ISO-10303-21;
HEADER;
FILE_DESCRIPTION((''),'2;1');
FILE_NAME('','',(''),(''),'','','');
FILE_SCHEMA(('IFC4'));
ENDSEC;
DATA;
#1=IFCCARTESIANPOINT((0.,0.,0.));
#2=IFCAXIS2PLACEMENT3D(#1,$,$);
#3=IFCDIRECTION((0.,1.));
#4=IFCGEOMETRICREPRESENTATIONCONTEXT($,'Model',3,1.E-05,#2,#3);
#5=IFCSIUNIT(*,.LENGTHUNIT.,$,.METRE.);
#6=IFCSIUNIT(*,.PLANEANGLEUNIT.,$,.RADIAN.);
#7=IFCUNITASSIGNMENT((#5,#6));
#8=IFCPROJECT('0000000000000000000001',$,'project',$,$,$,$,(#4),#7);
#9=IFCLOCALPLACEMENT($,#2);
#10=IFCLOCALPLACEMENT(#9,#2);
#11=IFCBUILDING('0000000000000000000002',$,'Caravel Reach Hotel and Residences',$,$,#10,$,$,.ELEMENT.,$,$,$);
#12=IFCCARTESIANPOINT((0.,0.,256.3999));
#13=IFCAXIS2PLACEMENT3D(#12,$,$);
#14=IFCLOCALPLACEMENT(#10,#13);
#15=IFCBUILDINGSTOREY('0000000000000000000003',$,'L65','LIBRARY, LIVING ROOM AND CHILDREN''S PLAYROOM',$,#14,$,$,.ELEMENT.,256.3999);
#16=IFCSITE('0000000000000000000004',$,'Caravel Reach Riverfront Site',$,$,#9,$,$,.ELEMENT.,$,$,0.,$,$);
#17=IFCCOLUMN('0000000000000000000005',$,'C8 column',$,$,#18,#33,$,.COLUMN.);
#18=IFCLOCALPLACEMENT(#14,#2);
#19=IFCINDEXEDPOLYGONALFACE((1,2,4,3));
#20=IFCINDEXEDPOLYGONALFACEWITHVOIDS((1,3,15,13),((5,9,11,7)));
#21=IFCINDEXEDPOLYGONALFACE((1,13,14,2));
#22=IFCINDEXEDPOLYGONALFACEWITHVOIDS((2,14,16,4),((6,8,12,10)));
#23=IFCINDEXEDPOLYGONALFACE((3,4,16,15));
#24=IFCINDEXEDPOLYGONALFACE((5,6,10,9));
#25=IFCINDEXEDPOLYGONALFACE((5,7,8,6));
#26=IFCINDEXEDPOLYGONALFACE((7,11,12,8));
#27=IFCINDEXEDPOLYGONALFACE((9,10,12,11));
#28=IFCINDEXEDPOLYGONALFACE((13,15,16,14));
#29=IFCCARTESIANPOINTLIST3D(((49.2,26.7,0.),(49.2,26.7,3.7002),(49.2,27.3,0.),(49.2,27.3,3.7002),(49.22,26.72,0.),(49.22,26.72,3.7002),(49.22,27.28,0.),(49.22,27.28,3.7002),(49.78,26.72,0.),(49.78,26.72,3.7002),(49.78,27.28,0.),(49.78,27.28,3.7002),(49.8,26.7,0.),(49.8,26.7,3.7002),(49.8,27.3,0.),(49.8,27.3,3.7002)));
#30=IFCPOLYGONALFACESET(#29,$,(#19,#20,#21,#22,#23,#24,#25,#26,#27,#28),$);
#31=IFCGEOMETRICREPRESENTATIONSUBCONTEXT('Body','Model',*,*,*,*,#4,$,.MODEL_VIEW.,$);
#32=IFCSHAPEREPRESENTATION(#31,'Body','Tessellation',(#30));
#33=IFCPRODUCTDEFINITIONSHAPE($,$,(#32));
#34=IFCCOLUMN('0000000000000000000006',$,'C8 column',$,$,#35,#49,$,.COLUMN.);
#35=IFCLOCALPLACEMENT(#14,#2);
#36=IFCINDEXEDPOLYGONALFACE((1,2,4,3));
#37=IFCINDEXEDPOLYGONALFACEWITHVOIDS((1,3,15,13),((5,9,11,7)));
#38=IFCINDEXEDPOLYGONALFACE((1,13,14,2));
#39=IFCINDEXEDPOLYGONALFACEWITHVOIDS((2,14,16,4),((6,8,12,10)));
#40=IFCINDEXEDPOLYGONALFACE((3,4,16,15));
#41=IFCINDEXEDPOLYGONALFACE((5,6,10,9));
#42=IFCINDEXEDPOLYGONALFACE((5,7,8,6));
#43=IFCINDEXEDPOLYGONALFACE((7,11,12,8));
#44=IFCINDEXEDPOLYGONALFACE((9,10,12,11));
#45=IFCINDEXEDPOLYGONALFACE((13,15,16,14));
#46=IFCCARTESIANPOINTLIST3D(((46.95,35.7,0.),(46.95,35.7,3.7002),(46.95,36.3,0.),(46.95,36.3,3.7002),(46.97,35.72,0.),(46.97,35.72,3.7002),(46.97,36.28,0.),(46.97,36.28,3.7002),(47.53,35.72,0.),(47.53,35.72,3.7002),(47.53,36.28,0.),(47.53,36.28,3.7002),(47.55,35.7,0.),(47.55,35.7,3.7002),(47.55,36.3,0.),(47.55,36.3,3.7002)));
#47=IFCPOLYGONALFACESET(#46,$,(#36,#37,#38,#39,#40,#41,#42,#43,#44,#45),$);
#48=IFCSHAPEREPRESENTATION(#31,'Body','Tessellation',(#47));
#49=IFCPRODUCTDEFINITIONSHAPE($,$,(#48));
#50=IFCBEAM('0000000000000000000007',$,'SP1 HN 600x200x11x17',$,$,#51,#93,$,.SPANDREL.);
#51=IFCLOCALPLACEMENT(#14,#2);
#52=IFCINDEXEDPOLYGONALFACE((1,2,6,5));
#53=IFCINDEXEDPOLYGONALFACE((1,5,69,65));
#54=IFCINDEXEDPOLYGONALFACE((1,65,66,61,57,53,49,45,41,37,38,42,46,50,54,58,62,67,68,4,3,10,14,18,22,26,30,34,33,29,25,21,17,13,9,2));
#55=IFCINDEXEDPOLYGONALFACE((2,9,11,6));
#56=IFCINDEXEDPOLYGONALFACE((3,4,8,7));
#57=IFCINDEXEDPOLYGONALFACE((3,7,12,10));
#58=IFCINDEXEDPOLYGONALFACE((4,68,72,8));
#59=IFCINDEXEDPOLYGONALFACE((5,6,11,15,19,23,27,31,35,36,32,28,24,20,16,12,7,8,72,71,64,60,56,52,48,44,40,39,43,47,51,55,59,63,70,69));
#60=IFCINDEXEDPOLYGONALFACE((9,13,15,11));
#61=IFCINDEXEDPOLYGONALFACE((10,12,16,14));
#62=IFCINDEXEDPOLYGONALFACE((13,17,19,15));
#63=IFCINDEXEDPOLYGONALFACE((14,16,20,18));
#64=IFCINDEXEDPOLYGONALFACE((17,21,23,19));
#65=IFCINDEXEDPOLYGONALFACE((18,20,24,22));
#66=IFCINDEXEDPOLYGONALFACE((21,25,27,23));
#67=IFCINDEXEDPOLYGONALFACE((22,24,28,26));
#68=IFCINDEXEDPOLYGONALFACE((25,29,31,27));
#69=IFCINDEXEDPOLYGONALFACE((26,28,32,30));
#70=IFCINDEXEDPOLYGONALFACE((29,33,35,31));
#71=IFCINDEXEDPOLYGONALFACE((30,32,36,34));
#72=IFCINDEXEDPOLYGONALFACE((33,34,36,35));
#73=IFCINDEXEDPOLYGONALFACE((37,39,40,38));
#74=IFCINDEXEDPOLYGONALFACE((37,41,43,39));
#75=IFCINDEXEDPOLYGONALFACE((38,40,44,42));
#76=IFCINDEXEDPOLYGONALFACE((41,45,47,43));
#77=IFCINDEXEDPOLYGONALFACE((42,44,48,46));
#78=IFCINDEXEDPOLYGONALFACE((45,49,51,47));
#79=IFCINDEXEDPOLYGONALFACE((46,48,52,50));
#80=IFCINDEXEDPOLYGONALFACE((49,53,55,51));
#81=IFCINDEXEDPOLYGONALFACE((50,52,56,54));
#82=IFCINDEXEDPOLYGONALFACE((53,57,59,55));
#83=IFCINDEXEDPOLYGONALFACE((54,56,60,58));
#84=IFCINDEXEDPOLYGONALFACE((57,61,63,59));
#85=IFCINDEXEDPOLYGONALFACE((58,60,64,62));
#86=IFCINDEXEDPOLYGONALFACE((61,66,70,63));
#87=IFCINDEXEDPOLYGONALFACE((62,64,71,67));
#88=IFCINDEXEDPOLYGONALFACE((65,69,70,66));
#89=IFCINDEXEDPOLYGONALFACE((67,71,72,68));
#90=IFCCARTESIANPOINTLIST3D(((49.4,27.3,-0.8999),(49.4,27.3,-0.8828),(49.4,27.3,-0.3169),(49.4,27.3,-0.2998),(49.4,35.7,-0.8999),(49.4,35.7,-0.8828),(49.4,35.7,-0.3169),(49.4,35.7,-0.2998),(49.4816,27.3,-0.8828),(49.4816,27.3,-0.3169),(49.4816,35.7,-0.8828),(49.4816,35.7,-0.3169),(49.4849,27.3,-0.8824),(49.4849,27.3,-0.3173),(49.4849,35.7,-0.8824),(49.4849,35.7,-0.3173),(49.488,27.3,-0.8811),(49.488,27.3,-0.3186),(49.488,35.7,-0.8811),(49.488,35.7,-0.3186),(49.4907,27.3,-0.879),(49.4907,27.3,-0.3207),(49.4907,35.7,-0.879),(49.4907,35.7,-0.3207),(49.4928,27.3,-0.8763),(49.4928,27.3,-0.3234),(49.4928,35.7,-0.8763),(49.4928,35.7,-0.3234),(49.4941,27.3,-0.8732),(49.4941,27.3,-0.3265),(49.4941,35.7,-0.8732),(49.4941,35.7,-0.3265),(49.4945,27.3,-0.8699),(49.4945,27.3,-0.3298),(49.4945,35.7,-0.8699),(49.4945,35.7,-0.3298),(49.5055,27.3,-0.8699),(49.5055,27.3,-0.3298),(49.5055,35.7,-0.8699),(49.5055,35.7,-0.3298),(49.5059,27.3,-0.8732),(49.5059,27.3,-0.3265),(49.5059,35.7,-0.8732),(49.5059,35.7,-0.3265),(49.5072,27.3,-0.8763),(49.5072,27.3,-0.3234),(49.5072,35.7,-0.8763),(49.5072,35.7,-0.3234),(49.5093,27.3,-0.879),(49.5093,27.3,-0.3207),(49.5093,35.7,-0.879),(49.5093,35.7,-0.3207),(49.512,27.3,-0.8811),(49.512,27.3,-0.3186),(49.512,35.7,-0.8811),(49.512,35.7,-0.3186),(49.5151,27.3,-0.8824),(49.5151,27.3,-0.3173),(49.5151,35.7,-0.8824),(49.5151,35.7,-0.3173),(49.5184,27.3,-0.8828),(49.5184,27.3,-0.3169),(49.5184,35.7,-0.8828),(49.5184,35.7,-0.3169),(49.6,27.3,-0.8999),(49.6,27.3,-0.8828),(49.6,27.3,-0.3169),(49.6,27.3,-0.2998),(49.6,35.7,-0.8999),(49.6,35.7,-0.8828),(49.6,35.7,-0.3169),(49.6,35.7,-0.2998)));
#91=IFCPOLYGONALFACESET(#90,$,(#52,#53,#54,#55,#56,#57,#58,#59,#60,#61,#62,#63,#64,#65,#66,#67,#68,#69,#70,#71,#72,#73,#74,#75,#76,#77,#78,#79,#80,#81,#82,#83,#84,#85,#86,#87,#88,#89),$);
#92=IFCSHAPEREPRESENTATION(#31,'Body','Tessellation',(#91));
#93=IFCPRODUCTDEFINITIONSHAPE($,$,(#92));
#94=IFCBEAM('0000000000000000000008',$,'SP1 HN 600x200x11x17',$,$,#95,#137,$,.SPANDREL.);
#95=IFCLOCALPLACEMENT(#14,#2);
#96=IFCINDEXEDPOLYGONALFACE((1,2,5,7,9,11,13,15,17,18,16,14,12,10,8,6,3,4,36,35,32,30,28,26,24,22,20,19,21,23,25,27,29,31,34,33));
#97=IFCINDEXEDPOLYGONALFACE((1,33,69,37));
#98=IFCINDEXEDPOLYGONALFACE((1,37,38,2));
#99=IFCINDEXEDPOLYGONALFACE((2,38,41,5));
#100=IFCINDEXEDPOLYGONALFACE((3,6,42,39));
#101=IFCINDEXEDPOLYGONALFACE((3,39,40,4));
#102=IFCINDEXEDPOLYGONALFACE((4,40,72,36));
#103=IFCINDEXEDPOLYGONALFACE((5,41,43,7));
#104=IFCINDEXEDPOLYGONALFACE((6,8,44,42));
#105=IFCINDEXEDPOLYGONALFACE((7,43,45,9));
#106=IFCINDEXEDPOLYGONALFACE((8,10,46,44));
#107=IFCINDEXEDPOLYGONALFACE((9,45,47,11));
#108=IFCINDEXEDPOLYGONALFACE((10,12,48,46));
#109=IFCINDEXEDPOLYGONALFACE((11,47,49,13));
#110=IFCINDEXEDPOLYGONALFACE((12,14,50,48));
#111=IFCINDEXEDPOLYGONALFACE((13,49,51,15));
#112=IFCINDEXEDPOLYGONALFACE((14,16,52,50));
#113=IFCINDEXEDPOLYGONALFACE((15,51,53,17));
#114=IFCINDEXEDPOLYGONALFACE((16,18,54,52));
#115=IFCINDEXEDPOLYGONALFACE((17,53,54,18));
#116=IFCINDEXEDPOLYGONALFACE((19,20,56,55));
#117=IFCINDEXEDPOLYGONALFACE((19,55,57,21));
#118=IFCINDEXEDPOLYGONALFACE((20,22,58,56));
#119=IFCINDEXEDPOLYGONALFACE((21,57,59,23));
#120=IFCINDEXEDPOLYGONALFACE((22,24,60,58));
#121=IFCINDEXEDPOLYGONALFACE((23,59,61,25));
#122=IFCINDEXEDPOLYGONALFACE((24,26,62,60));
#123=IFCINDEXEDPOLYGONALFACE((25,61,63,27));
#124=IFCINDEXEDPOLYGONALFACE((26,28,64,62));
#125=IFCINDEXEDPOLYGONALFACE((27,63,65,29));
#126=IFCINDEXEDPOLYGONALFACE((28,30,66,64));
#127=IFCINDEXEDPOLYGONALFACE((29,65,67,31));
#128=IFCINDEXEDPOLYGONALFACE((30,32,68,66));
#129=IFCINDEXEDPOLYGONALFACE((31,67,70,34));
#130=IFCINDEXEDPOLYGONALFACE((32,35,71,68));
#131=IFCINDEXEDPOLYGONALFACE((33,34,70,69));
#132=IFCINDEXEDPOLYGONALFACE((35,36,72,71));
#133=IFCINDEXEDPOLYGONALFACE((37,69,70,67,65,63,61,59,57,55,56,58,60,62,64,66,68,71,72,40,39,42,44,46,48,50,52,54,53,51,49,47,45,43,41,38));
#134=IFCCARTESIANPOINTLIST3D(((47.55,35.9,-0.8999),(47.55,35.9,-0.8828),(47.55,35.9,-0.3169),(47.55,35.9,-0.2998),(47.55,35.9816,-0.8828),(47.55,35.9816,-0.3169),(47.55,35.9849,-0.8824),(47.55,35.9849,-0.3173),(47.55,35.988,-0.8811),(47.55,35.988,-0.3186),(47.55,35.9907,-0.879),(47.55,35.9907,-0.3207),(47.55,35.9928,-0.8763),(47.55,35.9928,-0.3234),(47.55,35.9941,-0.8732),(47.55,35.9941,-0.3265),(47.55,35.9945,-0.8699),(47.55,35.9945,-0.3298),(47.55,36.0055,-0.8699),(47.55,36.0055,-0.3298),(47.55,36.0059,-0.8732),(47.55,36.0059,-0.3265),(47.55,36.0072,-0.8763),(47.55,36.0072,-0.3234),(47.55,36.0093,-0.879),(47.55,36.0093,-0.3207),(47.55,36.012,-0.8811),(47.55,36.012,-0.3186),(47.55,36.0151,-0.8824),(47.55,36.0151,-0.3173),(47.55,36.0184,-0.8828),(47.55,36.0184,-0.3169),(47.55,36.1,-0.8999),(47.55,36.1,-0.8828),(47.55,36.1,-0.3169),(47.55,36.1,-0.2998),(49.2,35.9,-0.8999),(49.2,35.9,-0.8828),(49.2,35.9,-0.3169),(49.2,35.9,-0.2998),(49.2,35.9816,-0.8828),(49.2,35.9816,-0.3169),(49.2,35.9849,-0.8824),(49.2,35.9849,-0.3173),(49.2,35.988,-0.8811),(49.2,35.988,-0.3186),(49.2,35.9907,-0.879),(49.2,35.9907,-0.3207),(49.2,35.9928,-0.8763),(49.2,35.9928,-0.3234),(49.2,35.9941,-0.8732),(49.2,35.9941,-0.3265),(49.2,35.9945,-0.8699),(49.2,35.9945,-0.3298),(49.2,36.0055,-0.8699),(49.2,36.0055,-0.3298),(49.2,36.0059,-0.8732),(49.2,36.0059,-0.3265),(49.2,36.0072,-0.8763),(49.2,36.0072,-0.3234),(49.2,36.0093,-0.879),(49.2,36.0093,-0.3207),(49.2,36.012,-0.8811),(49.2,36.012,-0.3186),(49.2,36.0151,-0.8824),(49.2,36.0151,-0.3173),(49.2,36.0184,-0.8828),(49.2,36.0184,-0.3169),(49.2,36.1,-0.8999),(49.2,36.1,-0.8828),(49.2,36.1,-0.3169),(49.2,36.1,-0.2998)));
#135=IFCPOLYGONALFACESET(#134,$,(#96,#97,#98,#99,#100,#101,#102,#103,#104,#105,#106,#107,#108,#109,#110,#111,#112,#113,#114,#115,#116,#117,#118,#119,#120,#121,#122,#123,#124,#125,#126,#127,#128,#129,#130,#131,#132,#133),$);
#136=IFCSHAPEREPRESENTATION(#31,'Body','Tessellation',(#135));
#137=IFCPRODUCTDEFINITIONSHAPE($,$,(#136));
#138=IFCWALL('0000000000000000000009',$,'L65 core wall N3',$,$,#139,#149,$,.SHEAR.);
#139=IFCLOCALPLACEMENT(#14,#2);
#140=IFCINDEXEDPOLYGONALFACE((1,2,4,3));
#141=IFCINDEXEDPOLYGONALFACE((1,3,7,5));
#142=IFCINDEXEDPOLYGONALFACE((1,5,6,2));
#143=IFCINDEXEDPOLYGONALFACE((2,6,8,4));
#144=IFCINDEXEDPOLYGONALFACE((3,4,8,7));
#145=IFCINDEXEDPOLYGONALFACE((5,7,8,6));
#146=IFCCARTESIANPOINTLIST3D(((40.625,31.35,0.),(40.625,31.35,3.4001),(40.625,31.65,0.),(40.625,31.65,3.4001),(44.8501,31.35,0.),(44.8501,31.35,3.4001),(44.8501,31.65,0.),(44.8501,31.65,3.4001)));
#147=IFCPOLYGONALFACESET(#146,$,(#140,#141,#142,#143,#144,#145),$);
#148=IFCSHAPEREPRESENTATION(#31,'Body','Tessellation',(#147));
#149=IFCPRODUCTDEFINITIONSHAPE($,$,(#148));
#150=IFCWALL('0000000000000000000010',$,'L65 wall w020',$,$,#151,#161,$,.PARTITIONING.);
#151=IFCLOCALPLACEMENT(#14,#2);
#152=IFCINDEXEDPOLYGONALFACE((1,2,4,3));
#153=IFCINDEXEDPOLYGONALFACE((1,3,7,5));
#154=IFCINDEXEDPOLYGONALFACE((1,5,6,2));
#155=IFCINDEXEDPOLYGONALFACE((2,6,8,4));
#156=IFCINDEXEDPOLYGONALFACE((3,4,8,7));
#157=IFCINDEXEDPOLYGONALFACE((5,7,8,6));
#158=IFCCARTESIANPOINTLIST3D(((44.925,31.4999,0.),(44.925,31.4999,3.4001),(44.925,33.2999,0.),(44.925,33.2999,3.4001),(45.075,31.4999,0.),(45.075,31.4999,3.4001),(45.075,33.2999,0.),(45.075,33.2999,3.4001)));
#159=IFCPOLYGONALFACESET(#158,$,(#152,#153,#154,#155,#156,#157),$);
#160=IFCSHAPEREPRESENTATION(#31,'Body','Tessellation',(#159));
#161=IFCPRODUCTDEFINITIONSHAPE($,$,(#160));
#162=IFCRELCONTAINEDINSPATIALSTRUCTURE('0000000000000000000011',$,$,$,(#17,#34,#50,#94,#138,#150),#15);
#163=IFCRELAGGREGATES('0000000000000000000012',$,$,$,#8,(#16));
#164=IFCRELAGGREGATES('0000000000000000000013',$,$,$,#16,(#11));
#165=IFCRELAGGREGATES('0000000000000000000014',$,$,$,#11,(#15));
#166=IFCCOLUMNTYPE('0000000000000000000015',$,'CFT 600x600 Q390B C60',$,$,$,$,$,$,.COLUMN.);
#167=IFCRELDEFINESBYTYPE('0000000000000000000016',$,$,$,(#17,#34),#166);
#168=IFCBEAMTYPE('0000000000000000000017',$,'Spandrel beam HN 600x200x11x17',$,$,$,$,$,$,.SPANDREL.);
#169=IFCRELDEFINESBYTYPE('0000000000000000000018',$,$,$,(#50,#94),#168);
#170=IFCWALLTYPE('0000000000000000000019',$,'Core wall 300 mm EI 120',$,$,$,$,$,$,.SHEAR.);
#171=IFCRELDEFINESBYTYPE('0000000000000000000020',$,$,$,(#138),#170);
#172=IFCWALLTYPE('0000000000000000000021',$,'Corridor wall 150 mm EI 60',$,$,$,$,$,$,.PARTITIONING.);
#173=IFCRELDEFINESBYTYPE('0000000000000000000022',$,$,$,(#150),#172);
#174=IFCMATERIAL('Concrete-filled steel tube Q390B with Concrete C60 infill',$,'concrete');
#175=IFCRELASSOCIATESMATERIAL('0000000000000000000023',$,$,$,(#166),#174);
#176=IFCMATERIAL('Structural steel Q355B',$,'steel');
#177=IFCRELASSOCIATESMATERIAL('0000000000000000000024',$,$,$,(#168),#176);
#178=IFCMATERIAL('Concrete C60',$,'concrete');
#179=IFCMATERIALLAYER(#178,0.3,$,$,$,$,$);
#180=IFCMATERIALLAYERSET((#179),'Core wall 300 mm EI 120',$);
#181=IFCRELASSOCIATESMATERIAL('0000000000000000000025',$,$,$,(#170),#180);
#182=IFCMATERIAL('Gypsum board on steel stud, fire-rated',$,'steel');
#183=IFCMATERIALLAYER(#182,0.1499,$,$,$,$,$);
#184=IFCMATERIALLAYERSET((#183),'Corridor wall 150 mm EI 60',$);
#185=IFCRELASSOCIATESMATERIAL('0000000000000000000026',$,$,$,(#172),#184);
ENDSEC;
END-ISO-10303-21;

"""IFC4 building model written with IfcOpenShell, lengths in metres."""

from ifc_helpers import new_model, si_unit, direction, frame, frame_2d, origin, origin_2d, place, context, subcontext, project, spatial, rectangle, hollow_rectangle, i_section, extrude, material, layer, layer_set, material_profile, profile_set, type_object, element, save


model = new_model("IFC4")

# Units and contexts
model_context = context("Model", 3, precision=1e-05, world=origin(), true_north=direction((0.0, 1.0)))
body_context = subcontext(model_context, "Body", "Model", "MODEL_VIEW")
ifc_project = project(units=[si_unit("LENGTHUNIT", "METRE"), si_unit("PLANEANGLEUNIT", "RADIAN")], contexts=[model_context])

# Site, building, storey
site_placement = place(None, origin())
site = spatial("IfcSite", under=ifc_project, at=site_placement, Name="Caravel Reach Riverfront Site", CompositionType="ELEMENT", RefElevation=0.0)
building_placement = place(site_placement, origin())
building = spatial("IfcBuilding", under=site, at=building_placement, Name="Caravel Reach Hotel and Residences", CompositionType="ELEMENT")
storey_placement = place(building_placement, frame((0.0, 0.0, 256.3999)))
storey = spatial("IfcBuildingStorey", under=building, at=storey_placement, Name="L65", Description="LIBRARY, LIVING ROOM AND CHILDREN'S PLAYROOM", CompositionType="ELEMENT", Elevation=256.3999)

# Columns
ifc_material_1 = material(Name="Concrete-filled steel tube Q390B with Concrete C60 infill", Category="concrete")
ifc_material_profile_1 = material_profile(ifc_material_1, hollow_rectangle(XDim=0.6001, YDim=0.6001, WallThickness=0.02, at=origin_2d()), Name="RHS 600x600x20")
ifc_profile_set_1 = profile_set([ifc_material_profile_1], Name="Concrete-filled steel tube Q390B with Concrete C60 infill")
column_type = type_object("IfcColumnType", Name="CFT 600x600 Q390B C60", PredefinedType="COLUMN", material=ifc_profile_set_1)
for number, where, z_axis, x_axis, name in (
    (1, (49.5, 27.0, 0.0), (0.0, 0.0, 1.0), (1.0, 0.0, 0.0), "C8 column"),
    (2, (47.25, 36.0, 0.0), (0.0, 0.0, 1.0), (1.0, 0.0, 0.0), "C8 column"),
):
    element("IfcColumn", number, at=place(storey_placement, frame(where, z_axis=z_axis, x_axis=x_axis)), inside=storey, type_object=column_type, Name=name, PredefinedType="COLUMN", context=body_context, shape_type="SweptSolid", body=[
        extrude(hollow_rectangle(XDim=0.6001, YDim=0.6001, WallThickness=0.02, at=origin_2d()), origin(), (0.0, 0.0, 1.0), 3.7002),
    ])

# Beams
ifc_material_2 = material(Name="Structural steel Q355B", Category="steel")
ifc_material_profile_2 = material_profile(ifc_material_2, i_section(OverallWidth=0.2, OverallDepth=0.6001, WebThickness=0.011, FlangeThickness=0.0171, FilletRadius=0.0129, at=origin_2d()), Name="HN 600x200x11x17")
ifc_profile_set_2 = profile_set([ifc_material_profile_2], Name="Structural steel Q355B")
beam_type = type_object("IfcBeamType", Name="Spandrel beam HN 600x200x11x17", PredefinedType="SPANDREL", material=ifc_profile_set_2)
beam_1_placement = place(storey_placement, frame((49.5, 27.3, -0.5999), z_axis=(0.0, 1.0, 0.0), x_axis=(-1.0, 0.0, 0.0)))
element("IfcBeam", 3, at=beam_1_placement, inside=storey, type_object=beam_type, Name="SP1 HN 600x200x11x17", PredefinedType="SPANDREL", context=body_context, shape_type="SweptSolid", body=[
    extrude(i_section(OverallWidth=0.2, OverallDepth=0.6001, WebThickness=0.011, FlangeThickness=0.0171, FilletRadius=0.0129, at=origin_2d()), origin(), (0.0, 0.0, 1.0), 8.3999),
])
beam_2_placement = place(storey_placement, frame((49.2, 36.0, -0.5999), z_axis=(-1.0, 0.0, 0.0), x_axis=(0.0, -1.0, 0.0)))
element("IfcBeam", 4, at=beam_2_placement, inside=storey, type_object=beam_type, Name="SP1 HN 600x200x11x17", PredefinedType="SPANDREL", context=body_context, shape_type="SweptSolid", body=[
    extrude(i_section(OverallWidth=0.2, OverallDepth=0.6001, WebThickness=0.011, FlangeThickness=0.0171, FilletRadius=0.0129, at=origin_2d()), origin(), (0.0, 0.0, 1.0), 1.6499),
])

# Walls
ifc_material_3 = material(Name="Concrete C60", Category="concrete")
ifc_layer_1 = layer(ifc_material_3, 0.3)
ifc_layer_set_1 = layer_set([ifc_layer_1], Name="Core wall 300 mm EI 120")
wall_type_1 = type_object("IfcWallType", Name="Core wall 300 mm EI 120", PredefinedType="SHEAR", material=ifc_layer_set_1)
wall_1_placement = place(storey_placement, frame((40.625, 31.5, 0.0), z_axis=(0.0, 0.0, 1.0), x_axis=(1.0, 0.0, 0.0)))
element("IfcWall", 5, at=wall_1_placement, inside=storey, type_object=wall_type_1, Name="L65 core wall N3", PredefinedType="SHEAR", context=body_context, shape_type="SweptSolid", body=[
    extrude(rectangle(XDim=4.2251, YDim=0.3, at=frame_2d((2.1125, 0.0))), origin(), (0.0, 0.0, 1.0), 3.4001),
])
ifc_material_4 = material(Name="Gypsum board on steel stud, fire-rated", Category="steel")
ifc_layer_2 = layer(ifc_material_4, 0.1499)
ifc_layer_set_2 = layer_set([ifc_layer_2], Name="Corridor wall 150 mm EI 60")
wall_type_2 = type_object("IfcWallType", Name="Corridor wall 150 mm EI 60", PredefinedType="PARTITIONING", material=ifc_layer_set_2)
wall_2_placement = place(storey_placement, frame((45.0, 31.5, 0.0), z_axis=(0.0, 0.0, 1.0), x_axis=(0.0, 1.0, 0.0)))
element("IfcWall", 6, at=wall_2_placement, inside=storey, type_object=wall_type_2, Name="L65 wall w020", PredefinedType="PARTITIONING", context=body_context, shape_type="SweptSolid", body=[
    extrude(rectangle(XDim=1.8, YDim=0.1499, at=frame_2d((0.8999, 0.0))), origin(), (0.0, 0.0, 1.0), 3.4001),
])

save(model, "model.ifc")
